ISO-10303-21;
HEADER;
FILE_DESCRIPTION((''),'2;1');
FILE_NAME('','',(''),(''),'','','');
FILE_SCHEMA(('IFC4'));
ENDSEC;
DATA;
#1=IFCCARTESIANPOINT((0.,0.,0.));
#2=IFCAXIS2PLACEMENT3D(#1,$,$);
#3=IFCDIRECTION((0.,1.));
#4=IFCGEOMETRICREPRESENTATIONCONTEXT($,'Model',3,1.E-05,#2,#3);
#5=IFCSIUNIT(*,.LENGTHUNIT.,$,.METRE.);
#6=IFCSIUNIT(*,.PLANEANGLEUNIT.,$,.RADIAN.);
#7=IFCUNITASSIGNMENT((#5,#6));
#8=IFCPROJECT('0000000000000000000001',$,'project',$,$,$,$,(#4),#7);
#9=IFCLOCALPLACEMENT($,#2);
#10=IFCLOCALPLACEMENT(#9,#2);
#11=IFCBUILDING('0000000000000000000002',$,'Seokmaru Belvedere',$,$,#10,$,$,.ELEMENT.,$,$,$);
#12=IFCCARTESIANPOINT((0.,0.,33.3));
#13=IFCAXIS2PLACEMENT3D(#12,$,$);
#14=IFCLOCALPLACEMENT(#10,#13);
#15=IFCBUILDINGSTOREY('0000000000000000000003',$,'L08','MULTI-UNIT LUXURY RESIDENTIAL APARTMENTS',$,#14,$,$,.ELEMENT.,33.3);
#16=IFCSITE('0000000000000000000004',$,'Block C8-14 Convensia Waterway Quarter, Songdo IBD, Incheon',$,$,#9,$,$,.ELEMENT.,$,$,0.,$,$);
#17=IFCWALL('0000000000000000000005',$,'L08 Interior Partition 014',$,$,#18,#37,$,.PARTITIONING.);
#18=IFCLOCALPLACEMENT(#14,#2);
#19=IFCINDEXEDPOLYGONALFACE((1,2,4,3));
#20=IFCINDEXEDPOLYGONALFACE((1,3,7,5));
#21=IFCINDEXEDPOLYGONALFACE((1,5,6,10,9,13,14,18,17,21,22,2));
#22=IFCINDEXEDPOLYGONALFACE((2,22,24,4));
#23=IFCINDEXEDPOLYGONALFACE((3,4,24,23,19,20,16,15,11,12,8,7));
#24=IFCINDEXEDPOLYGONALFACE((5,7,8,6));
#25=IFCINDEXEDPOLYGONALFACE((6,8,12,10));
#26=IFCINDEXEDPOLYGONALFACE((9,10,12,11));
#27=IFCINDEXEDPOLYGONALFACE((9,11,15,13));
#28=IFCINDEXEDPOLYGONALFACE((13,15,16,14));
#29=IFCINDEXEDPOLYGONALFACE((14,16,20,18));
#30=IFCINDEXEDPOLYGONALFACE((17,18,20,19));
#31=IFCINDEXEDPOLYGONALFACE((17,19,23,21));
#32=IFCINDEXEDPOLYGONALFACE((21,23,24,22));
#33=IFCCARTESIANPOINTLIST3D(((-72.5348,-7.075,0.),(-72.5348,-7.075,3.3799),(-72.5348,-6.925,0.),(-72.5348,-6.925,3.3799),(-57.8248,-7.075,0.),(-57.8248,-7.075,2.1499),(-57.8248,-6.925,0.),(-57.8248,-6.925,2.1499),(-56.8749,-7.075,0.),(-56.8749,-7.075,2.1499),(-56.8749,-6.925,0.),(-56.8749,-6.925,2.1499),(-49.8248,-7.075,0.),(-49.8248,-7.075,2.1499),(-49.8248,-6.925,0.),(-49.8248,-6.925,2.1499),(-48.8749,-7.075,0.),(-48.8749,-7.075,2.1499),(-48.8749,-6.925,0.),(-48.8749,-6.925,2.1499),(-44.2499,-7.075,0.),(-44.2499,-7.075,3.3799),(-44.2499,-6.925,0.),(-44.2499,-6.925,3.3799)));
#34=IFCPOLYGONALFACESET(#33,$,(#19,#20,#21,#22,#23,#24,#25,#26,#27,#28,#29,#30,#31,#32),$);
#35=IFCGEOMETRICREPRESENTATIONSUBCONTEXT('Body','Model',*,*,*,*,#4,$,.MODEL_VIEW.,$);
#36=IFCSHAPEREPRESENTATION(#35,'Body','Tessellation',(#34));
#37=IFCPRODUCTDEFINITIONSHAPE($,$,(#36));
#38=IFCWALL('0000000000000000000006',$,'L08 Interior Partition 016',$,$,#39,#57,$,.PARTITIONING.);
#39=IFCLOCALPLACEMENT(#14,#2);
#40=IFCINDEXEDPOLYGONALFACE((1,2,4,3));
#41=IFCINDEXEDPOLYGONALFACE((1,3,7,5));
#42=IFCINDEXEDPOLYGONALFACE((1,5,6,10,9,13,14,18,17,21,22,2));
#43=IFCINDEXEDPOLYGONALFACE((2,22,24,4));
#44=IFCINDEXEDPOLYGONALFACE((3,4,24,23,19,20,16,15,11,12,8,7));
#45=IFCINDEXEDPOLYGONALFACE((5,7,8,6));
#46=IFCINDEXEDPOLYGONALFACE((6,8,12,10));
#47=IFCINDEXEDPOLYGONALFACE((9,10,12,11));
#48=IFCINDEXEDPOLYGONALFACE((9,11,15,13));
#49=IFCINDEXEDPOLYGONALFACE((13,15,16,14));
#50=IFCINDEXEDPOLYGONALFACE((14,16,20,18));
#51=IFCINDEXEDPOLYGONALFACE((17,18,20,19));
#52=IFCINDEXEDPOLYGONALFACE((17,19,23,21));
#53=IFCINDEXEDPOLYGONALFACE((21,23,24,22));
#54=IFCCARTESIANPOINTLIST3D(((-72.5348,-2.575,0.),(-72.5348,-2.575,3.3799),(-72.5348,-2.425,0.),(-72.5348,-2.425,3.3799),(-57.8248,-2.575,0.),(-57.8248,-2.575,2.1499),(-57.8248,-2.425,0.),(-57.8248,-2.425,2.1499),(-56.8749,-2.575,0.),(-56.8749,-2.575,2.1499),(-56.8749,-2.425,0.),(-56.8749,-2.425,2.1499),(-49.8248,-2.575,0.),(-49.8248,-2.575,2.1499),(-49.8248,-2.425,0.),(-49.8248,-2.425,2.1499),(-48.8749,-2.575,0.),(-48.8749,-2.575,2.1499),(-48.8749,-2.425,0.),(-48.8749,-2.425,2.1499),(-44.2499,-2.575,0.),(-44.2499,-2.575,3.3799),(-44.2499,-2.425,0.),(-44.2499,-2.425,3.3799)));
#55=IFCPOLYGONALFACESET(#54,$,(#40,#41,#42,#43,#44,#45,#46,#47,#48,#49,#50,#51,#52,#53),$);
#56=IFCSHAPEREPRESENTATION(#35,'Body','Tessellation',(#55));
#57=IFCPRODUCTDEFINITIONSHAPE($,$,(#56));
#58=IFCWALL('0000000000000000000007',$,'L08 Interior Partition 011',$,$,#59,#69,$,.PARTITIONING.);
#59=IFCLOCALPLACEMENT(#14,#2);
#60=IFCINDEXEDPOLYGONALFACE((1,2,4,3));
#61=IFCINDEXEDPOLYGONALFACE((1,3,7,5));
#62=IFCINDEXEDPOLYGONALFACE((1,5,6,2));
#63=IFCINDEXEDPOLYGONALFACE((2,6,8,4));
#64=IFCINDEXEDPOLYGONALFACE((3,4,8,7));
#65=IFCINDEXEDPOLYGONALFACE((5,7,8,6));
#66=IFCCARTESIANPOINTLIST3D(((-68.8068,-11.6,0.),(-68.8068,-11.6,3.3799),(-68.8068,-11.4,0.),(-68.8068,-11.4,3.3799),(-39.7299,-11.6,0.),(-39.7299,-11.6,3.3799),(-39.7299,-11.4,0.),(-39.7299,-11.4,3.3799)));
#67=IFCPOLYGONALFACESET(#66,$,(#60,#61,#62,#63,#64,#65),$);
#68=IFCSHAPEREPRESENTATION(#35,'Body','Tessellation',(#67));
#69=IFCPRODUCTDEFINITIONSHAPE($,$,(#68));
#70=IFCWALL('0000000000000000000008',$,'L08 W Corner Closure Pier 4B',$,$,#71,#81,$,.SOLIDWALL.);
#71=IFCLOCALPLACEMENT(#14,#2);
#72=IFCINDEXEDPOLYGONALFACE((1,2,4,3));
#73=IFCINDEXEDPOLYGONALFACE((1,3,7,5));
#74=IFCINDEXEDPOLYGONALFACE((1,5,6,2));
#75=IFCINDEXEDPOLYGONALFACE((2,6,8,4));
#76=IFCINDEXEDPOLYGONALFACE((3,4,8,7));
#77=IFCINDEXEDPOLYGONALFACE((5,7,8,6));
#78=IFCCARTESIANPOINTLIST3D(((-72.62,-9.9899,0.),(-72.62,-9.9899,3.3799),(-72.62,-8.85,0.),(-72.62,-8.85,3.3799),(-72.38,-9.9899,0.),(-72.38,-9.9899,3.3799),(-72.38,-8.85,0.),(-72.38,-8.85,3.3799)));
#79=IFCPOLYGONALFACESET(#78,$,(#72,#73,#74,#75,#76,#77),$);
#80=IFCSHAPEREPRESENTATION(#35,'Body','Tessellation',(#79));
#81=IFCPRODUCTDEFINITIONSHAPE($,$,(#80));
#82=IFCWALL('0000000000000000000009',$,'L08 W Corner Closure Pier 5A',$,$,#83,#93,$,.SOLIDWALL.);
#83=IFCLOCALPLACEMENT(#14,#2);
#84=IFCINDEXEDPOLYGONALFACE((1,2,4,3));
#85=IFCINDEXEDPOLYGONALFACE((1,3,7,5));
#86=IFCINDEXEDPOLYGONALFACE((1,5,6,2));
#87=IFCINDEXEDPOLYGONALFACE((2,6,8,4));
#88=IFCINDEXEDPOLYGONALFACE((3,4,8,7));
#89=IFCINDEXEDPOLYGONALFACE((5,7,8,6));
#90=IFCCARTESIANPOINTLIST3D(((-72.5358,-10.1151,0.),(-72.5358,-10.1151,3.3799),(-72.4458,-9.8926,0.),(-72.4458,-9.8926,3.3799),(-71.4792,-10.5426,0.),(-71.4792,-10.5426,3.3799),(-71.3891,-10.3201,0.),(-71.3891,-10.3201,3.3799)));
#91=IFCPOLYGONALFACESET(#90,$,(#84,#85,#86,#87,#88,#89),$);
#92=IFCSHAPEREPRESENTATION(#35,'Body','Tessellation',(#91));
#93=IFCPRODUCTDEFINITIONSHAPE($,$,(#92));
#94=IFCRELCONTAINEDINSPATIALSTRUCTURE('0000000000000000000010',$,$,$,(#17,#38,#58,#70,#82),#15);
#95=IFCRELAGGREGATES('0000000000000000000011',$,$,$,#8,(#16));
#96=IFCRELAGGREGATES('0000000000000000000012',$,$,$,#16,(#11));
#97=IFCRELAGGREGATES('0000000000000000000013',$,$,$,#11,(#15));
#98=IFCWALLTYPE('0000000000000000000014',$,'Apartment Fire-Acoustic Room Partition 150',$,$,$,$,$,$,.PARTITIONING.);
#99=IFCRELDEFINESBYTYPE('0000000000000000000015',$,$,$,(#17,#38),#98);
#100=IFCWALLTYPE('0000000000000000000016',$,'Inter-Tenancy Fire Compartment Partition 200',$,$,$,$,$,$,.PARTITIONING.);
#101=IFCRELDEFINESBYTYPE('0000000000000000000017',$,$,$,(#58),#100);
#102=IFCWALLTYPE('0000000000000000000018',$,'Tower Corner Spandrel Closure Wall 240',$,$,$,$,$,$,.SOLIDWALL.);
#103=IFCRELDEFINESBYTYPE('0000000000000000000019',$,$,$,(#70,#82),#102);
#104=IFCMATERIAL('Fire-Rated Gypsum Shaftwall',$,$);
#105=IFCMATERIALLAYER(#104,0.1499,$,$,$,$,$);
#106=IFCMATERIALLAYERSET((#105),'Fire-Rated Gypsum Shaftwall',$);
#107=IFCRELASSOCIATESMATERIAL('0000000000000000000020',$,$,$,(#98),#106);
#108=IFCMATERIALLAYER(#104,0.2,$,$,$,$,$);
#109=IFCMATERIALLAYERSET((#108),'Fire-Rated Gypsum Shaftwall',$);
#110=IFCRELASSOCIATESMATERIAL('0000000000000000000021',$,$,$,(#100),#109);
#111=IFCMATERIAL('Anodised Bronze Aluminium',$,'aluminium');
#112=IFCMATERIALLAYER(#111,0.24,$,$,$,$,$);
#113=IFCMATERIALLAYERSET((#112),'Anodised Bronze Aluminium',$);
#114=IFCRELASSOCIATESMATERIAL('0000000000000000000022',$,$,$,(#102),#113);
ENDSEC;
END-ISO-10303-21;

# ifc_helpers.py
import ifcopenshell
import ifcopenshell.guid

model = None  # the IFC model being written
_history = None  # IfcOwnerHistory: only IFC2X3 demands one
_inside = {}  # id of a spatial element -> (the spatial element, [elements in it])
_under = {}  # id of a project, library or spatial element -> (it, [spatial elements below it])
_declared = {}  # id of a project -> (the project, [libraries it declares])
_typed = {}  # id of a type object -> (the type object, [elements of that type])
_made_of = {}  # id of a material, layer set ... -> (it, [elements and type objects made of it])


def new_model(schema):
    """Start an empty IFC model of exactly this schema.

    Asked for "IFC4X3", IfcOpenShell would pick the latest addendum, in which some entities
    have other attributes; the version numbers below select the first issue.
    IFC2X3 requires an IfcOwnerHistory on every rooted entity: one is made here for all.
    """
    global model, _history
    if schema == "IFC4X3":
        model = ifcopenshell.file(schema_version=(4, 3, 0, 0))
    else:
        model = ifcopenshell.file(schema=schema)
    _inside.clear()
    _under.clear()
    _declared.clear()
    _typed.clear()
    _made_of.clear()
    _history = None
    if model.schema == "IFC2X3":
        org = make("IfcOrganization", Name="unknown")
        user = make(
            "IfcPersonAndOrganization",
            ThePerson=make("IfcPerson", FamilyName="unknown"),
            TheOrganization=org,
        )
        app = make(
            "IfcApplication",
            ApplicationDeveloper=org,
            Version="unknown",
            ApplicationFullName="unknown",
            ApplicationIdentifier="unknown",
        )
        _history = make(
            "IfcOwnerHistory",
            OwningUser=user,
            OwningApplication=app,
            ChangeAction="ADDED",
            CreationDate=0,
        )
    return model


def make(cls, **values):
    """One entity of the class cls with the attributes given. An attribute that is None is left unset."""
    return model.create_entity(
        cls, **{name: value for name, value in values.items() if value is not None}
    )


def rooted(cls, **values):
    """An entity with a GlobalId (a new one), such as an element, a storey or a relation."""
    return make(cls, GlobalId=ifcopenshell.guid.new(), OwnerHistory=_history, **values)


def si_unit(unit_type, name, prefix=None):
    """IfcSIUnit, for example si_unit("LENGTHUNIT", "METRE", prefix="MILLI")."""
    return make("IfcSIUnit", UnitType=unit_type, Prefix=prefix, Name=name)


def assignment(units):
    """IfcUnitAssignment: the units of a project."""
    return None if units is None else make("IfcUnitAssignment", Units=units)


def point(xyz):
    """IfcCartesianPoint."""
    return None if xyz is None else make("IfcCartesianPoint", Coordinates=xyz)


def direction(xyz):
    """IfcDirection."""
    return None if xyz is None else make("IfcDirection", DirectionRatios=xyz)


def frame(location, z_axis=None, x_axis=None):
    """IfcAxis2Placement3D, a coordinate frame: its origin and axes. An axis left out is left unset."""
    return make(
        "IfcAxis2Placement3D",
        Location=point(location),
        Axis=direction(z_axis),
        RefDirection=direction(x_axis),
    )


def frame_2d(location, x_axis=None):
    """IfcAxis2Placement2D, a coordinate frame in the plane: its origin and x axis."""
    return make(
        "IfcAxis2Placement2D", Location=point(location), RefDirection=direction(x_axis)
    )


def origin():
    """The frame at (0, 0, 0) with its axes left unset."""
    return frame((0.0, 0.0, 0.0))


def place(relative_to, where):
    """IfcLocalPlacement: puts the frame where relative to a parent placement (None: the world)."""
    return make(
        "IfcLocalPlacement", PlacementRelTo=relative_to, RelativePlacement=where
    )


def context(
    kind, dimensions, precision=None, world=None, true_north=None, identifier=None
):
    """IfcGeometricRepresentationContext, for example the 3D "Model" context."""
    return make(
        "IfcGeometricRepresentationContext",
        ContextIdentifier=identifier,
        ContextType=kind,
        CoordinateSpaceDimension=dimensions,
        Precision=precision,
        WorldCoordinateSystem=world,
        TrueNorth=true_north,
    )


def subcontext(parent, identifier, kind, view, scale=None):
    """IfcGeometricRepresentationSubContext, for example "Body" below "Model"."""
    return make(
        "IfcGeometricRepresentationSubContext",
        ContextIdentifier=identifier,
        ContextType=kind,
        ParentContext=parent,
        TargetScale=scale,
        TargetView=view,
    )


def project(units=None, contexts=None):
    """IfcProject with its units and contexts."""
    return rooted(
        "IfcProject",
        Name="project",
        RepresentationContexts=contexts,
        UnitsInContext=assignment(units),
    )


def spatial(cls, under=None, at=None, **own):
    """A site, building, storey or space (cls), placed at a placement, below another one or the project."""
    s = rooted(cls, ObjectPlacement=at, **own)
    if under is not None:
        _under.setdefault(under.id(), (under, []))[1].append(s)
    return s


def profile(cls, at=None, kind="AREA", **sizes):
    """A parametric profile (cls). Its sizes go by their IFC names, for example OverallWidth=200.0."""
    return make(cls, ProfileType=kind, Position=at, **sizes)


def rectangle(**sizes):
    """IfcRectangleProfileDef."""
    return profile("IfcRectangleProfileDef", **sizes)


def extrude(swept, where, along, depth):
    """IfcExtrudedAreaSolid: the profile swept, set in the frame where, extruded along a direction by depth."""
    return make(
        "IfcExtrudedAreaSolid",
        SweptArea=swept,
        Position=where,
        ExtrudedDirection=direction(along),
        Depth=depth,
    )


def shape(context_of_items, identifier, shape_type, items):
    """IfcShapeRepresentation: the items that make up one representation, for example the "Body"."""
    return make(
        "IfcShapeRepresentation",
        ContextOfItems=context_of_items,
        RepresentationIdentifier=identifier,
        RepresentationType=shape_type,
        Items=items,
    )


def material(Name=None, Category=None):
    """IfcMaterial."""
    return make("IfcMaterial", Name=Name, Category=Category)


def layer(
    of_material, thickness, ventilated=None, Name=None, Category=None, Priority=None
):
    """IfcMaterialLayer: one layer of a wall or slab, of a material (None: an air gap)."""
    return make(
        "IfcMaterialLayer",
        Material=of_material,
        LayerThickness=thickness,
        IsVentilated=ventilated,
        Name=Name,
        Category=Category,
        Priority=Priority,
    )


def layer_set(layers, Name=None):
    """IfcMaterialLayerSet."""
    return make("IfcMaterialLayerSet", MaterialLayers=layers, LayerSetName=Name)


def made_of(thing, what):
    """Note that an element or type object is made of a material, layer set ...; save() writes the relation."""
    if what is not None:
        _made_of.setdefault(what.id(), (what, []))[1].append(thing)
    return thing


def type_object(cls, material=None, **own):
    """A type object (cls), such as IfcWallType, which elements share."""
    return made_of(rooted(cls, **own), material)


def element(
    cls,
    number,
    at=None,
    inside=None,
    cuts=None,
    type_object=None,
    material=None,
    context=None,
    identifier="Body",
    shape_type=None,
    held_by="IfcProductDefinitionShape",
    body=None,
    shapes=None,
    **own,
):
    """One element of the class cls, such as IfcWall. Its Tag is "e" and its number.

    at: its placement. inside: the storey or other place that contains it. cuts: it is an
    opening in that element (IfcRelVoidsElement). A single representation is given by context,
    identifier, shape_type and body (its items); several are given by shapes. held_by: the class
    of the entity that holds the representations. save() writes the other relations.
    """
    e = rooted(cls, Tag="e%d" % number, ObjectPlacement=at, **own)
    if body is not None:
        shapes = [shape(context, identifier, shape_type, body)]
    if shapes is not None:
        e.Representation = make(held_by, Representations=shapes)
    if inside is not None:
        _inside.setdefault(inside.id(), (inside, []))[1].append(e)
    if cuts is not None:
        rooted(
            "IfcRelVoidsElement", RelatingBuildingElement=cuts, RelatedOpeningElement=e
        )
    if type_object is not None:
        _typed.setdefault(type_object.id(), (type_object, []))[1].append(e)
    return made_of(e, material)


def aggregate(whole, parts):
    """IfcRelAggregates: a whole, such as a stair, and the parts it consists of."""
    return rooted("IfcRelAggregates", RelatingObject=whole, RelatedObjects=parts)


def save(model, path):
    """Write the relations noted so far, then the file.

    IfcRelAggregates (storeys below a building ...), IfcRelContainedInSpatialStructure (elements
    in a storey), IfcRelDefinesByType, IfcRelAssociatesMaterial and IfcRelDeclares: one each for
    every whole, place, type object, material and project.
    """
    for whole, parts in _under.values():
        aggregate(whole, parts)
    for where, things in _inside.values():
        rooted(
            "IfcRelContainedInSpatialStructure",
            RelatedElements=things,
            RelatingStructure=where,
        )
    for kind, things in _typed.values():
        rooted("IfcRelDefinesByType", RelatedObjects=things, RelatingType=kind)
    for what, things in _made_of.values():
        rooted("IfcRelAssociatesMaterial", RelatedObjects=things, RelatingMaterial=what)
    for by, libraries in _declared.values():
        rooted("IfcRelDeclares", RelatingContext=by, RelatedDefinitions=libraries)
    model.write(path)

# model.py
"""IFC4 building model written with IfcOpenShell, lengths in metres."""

from ifc_helpers import new_model, si_unit, direction, frame, frame_2d, origin, place, context, subcontext, project, spatial, rectangle, extrude, material, layer, layer_set, type_object, element, save


model = new_model("IFC4")

# Units and contexts
model_context = context("Model", 3, precision=1e-05, world=origin(), true_north=direction((0.0, 1.0)))
body_context = subcontext(model_context, "Body", "Model", "MODEL_VIEW")
ifc_project = project(units=[si_unit("LENGTHUNIT", "METRE"), si_unit("PLANEANGLEUNIT", "RADIAN")], contexts=[model_context])

# Site, building, storey
site_placement = place(None, origin())
site = spatial("IfcSite", under=ifc_project, at=site_placement, Name="Block C8-14 Convensia Waterway Quarter, Songdo IBD, Incheon", CompositionType="ELEMENT", RefElevation=0.0)
building_placement = place(site_placement, origin())
building = spatial("IfcBuilding", under=site, at=building_placement, Name="Seokmaru Belvedere", CompositionType="ELEMENT")
storey_placement = place(building_placement, frame((0.0, 0.0, 33.3)))
storey = spatial("IfcBuildingStorey", under=building, at=storey_placement, Name="L08", Description="MULTI-UNIT LUXURY RESIDENTIAL APARTMENTS", CompositionType="ELEMENT", Elevation=33.3)

# Shared definitions
ifc_material_1 = material(Name="Anodised Bronze Aluminium", Category="aluminium")

# Walls, openings
ifc_material_2 = material(Name="Fire-Rated Gypsum Shaftwall")
ifc_layer_1 = layer(ifc_material_2, 0.1499)
ifc_layer_set_1 = layer_set([ifc_layer_1], Name="Fire-Rated Gypsum Shaftwall")
wall_type_1 = type_object("IfcWallType", Name="Apartment Fire-Acoustic Room Partition 150", PredefinedType="PARTITIONING", material=ifc_layer_set_1)
wall_1_placement = place(storey_placement, frame((-72.5349, -7.0, 0.0), z_axis=(0.0, 0.0, 1.0), x_axis=(1.0, 0.0, 0.0)))
wall_1 = element("IfcWall", 1, at=wall_1_placement, inside=storey, type_object=wall_type_1, Name="L08 Interior Partition 014", PredefinedType="PARTITIONING", context=body_context, shape_type="SweptSolid", body=[
    extrude(rectangle(XDim=28.2849, YDim=0.1499, at=frame_2d((14.1426, 0.0))), origin(), (0.0, 0.0, 1.0), 3.3799),
])
opening_1_placement = place(wall_1_placement, frame((22.71, 0.0, 0.0)))
element("IfcOpeningElement", 2, at=opening_1_placement, cuts=wall_1, PredefinedType="OPENING", context=body_context, shape_type="SweptSolid", body=[
    extrude(rectangle(XDim=0.95, YDim=2.1499, at=frame_2d((0.4751, 1.075))), frame((0.0, 0.085, 0.0), z_axis=(0.0, -1.0, 0.0), x_axis=(1.0, 0.0, 0.0)), (0.0, 0.0, 1.0), 0.1699),
])
opening_2_placement = place(wall_1_placement, frame((14.71, 0.0, 0.0)))
element("IfcOpeningElement", 3, at=opening_2_placement, cuts=wall_1, PredefinedType="OPENING", context=body_context, shape_type="SweptSolid", body=[
    extrude(rectangle(XDim=0.95, YDim=2.1499, at=frame_2d((0.4751, 1.075))), frame((0.0, 0.085, 0.0), z_axis=(0.0, -1.0, 0.0), x_axis=(1.0, 0.0, 0.0)), (0.0, 0.0, 1.0), 0.1699),
])
wall_2_placement = place(storey_placement, frame((-72.5349, -2.5, 0.0), z_axis=(0.0, 0.0, 1.0), x_axis=(1.0, 0.0, 0.0)))
wall_2 = element("IfcWall", 4, at=wall_2_placement, inside=storey, type_object=wall_type_1, Name="L08 Interior Partition 016", PredefinedType="PARTITIONING", context=body_context, shape_type="SweptSolid", body=[
    extrude(rectangle(XDim=28.2849, YDim=0.1499, at=frame_2d((14.1426, 0.0))), origin(), (0.0, 0.0, 1.0), 3.3799),
])
opening_3_placement = place(wall_2_placement, frame((22.71, 0.0, 0.0)))
element("IfcOpeningElement", 5, at=opening_3_placement, cuts=wall_2, PredefinedType="OPENING", context=body_context, shape_type="SweptSolid", body=[
    extrude(rectangle(XDim=0.95, YDim=2.1499, at=frame_2d((0.4751, 1.075))), frame((0.0, 0.085, 0.0), z_axis=(0.0, -1.0, 0.0), x_axis=(1.0, 0.0, 0.0)), (0.0, 0.0, 1.0), 0.1699),
])
opening_4_placement = place(wall_2_placement, frame((14.71, 0.0, 0.0)))
element("IfcOpeningElement", 6, at=opening_4_placement, cuts=wall_2, PredefinedType="OPENING", context=body_context, shape_type="SweptSolid", body=[
    extrude(rectangle(XDim=0.95, YDim=2.1499, at=frame_2d((0.4751, 1.075))), frame((0.0, 0.085, 0.0), z_axis=(0.0, -1.0, 0.0), x_axis=(1.0, 0.0, 0.0)), (0.0, 0.0, 1.0), 0.1699),
])

# Walls
ifc_layer_2 = layer(ifc_material_2, 0.2)
ifc_layer_set_2 = layer_set([ifc_layer_2], Name="Fire-Rated Gypsum Shaftwall")
wall_type_2 = type_object("IfcWallType", Name="Inter-Tenancy Fire Compartment Partition 200", PredefinedType="PARTITIONING", material=ifc_layer_set_2)
wall_3_placement = place(storey_placement, frame((-68.8069, -11.5, 0.0), z_axis=(0.0, 0.0, 1.0), x_axis=(1.0, 0.0, 0.0)))
element("IfcWall", 7, at=wall_3_placement, inside=storey, type_object=wall_type_2, Name="L08 Interior Partition 011", PredefinedType="PARTITIONING", context=body_context, shape_type="SweptSolid", body=[
    extrude(rectangle(XDim=29.0769, YDim=0.2, at=frame_2d((14.5386, 0.0))), origin(), (0.0, 0.0, 1.0), 3.3799),
])
ifc_layer_3 = layer(ifc_material_1, 0.24)
ifc_layer_set_3 = layer_set([ifc_layer_3], Name="Anodised Bronze Aluminium")
wall_type_3 = type_object("IfcWallType", Name="Tower Corner Spandrel Closure Wall 240", PredefinedType="SOLIDWALL", material=ifc_layer_set_3)
for number, where, z_axis, x_axis, name in (
    (8, (-72.5, -8.8501, 0.0), (0.0, 0.0, 1.0), (0.0, -1.0, 0.0), "L08 W Corner Closure Pier 4B"),
    (9, (-72.4907, -10.0039, 0.0), (0.0, 0.0, 1.0), (0.927007, -0.375044, 0.0), "L08 W Corner Closure Pier 5A"),
):
    element("IfcWall", number, at=place(storey_placement, frame(where, z_axis=z_axis, x_axis=x_axis)), inside=storey, type_object=wall_type_3, Name=name, PredefinedType="SOLIDWALL", context=body_context, shape_type="SweptSolid", body=[
        extrude(rectangle(XDim=1.1399, YDim=0.24, at=frame_2d((0.5698, 0.0))), origin(), (0.0, 0.0, 1.0), 3.3799),
    ])

save(model, "model.ifc")
